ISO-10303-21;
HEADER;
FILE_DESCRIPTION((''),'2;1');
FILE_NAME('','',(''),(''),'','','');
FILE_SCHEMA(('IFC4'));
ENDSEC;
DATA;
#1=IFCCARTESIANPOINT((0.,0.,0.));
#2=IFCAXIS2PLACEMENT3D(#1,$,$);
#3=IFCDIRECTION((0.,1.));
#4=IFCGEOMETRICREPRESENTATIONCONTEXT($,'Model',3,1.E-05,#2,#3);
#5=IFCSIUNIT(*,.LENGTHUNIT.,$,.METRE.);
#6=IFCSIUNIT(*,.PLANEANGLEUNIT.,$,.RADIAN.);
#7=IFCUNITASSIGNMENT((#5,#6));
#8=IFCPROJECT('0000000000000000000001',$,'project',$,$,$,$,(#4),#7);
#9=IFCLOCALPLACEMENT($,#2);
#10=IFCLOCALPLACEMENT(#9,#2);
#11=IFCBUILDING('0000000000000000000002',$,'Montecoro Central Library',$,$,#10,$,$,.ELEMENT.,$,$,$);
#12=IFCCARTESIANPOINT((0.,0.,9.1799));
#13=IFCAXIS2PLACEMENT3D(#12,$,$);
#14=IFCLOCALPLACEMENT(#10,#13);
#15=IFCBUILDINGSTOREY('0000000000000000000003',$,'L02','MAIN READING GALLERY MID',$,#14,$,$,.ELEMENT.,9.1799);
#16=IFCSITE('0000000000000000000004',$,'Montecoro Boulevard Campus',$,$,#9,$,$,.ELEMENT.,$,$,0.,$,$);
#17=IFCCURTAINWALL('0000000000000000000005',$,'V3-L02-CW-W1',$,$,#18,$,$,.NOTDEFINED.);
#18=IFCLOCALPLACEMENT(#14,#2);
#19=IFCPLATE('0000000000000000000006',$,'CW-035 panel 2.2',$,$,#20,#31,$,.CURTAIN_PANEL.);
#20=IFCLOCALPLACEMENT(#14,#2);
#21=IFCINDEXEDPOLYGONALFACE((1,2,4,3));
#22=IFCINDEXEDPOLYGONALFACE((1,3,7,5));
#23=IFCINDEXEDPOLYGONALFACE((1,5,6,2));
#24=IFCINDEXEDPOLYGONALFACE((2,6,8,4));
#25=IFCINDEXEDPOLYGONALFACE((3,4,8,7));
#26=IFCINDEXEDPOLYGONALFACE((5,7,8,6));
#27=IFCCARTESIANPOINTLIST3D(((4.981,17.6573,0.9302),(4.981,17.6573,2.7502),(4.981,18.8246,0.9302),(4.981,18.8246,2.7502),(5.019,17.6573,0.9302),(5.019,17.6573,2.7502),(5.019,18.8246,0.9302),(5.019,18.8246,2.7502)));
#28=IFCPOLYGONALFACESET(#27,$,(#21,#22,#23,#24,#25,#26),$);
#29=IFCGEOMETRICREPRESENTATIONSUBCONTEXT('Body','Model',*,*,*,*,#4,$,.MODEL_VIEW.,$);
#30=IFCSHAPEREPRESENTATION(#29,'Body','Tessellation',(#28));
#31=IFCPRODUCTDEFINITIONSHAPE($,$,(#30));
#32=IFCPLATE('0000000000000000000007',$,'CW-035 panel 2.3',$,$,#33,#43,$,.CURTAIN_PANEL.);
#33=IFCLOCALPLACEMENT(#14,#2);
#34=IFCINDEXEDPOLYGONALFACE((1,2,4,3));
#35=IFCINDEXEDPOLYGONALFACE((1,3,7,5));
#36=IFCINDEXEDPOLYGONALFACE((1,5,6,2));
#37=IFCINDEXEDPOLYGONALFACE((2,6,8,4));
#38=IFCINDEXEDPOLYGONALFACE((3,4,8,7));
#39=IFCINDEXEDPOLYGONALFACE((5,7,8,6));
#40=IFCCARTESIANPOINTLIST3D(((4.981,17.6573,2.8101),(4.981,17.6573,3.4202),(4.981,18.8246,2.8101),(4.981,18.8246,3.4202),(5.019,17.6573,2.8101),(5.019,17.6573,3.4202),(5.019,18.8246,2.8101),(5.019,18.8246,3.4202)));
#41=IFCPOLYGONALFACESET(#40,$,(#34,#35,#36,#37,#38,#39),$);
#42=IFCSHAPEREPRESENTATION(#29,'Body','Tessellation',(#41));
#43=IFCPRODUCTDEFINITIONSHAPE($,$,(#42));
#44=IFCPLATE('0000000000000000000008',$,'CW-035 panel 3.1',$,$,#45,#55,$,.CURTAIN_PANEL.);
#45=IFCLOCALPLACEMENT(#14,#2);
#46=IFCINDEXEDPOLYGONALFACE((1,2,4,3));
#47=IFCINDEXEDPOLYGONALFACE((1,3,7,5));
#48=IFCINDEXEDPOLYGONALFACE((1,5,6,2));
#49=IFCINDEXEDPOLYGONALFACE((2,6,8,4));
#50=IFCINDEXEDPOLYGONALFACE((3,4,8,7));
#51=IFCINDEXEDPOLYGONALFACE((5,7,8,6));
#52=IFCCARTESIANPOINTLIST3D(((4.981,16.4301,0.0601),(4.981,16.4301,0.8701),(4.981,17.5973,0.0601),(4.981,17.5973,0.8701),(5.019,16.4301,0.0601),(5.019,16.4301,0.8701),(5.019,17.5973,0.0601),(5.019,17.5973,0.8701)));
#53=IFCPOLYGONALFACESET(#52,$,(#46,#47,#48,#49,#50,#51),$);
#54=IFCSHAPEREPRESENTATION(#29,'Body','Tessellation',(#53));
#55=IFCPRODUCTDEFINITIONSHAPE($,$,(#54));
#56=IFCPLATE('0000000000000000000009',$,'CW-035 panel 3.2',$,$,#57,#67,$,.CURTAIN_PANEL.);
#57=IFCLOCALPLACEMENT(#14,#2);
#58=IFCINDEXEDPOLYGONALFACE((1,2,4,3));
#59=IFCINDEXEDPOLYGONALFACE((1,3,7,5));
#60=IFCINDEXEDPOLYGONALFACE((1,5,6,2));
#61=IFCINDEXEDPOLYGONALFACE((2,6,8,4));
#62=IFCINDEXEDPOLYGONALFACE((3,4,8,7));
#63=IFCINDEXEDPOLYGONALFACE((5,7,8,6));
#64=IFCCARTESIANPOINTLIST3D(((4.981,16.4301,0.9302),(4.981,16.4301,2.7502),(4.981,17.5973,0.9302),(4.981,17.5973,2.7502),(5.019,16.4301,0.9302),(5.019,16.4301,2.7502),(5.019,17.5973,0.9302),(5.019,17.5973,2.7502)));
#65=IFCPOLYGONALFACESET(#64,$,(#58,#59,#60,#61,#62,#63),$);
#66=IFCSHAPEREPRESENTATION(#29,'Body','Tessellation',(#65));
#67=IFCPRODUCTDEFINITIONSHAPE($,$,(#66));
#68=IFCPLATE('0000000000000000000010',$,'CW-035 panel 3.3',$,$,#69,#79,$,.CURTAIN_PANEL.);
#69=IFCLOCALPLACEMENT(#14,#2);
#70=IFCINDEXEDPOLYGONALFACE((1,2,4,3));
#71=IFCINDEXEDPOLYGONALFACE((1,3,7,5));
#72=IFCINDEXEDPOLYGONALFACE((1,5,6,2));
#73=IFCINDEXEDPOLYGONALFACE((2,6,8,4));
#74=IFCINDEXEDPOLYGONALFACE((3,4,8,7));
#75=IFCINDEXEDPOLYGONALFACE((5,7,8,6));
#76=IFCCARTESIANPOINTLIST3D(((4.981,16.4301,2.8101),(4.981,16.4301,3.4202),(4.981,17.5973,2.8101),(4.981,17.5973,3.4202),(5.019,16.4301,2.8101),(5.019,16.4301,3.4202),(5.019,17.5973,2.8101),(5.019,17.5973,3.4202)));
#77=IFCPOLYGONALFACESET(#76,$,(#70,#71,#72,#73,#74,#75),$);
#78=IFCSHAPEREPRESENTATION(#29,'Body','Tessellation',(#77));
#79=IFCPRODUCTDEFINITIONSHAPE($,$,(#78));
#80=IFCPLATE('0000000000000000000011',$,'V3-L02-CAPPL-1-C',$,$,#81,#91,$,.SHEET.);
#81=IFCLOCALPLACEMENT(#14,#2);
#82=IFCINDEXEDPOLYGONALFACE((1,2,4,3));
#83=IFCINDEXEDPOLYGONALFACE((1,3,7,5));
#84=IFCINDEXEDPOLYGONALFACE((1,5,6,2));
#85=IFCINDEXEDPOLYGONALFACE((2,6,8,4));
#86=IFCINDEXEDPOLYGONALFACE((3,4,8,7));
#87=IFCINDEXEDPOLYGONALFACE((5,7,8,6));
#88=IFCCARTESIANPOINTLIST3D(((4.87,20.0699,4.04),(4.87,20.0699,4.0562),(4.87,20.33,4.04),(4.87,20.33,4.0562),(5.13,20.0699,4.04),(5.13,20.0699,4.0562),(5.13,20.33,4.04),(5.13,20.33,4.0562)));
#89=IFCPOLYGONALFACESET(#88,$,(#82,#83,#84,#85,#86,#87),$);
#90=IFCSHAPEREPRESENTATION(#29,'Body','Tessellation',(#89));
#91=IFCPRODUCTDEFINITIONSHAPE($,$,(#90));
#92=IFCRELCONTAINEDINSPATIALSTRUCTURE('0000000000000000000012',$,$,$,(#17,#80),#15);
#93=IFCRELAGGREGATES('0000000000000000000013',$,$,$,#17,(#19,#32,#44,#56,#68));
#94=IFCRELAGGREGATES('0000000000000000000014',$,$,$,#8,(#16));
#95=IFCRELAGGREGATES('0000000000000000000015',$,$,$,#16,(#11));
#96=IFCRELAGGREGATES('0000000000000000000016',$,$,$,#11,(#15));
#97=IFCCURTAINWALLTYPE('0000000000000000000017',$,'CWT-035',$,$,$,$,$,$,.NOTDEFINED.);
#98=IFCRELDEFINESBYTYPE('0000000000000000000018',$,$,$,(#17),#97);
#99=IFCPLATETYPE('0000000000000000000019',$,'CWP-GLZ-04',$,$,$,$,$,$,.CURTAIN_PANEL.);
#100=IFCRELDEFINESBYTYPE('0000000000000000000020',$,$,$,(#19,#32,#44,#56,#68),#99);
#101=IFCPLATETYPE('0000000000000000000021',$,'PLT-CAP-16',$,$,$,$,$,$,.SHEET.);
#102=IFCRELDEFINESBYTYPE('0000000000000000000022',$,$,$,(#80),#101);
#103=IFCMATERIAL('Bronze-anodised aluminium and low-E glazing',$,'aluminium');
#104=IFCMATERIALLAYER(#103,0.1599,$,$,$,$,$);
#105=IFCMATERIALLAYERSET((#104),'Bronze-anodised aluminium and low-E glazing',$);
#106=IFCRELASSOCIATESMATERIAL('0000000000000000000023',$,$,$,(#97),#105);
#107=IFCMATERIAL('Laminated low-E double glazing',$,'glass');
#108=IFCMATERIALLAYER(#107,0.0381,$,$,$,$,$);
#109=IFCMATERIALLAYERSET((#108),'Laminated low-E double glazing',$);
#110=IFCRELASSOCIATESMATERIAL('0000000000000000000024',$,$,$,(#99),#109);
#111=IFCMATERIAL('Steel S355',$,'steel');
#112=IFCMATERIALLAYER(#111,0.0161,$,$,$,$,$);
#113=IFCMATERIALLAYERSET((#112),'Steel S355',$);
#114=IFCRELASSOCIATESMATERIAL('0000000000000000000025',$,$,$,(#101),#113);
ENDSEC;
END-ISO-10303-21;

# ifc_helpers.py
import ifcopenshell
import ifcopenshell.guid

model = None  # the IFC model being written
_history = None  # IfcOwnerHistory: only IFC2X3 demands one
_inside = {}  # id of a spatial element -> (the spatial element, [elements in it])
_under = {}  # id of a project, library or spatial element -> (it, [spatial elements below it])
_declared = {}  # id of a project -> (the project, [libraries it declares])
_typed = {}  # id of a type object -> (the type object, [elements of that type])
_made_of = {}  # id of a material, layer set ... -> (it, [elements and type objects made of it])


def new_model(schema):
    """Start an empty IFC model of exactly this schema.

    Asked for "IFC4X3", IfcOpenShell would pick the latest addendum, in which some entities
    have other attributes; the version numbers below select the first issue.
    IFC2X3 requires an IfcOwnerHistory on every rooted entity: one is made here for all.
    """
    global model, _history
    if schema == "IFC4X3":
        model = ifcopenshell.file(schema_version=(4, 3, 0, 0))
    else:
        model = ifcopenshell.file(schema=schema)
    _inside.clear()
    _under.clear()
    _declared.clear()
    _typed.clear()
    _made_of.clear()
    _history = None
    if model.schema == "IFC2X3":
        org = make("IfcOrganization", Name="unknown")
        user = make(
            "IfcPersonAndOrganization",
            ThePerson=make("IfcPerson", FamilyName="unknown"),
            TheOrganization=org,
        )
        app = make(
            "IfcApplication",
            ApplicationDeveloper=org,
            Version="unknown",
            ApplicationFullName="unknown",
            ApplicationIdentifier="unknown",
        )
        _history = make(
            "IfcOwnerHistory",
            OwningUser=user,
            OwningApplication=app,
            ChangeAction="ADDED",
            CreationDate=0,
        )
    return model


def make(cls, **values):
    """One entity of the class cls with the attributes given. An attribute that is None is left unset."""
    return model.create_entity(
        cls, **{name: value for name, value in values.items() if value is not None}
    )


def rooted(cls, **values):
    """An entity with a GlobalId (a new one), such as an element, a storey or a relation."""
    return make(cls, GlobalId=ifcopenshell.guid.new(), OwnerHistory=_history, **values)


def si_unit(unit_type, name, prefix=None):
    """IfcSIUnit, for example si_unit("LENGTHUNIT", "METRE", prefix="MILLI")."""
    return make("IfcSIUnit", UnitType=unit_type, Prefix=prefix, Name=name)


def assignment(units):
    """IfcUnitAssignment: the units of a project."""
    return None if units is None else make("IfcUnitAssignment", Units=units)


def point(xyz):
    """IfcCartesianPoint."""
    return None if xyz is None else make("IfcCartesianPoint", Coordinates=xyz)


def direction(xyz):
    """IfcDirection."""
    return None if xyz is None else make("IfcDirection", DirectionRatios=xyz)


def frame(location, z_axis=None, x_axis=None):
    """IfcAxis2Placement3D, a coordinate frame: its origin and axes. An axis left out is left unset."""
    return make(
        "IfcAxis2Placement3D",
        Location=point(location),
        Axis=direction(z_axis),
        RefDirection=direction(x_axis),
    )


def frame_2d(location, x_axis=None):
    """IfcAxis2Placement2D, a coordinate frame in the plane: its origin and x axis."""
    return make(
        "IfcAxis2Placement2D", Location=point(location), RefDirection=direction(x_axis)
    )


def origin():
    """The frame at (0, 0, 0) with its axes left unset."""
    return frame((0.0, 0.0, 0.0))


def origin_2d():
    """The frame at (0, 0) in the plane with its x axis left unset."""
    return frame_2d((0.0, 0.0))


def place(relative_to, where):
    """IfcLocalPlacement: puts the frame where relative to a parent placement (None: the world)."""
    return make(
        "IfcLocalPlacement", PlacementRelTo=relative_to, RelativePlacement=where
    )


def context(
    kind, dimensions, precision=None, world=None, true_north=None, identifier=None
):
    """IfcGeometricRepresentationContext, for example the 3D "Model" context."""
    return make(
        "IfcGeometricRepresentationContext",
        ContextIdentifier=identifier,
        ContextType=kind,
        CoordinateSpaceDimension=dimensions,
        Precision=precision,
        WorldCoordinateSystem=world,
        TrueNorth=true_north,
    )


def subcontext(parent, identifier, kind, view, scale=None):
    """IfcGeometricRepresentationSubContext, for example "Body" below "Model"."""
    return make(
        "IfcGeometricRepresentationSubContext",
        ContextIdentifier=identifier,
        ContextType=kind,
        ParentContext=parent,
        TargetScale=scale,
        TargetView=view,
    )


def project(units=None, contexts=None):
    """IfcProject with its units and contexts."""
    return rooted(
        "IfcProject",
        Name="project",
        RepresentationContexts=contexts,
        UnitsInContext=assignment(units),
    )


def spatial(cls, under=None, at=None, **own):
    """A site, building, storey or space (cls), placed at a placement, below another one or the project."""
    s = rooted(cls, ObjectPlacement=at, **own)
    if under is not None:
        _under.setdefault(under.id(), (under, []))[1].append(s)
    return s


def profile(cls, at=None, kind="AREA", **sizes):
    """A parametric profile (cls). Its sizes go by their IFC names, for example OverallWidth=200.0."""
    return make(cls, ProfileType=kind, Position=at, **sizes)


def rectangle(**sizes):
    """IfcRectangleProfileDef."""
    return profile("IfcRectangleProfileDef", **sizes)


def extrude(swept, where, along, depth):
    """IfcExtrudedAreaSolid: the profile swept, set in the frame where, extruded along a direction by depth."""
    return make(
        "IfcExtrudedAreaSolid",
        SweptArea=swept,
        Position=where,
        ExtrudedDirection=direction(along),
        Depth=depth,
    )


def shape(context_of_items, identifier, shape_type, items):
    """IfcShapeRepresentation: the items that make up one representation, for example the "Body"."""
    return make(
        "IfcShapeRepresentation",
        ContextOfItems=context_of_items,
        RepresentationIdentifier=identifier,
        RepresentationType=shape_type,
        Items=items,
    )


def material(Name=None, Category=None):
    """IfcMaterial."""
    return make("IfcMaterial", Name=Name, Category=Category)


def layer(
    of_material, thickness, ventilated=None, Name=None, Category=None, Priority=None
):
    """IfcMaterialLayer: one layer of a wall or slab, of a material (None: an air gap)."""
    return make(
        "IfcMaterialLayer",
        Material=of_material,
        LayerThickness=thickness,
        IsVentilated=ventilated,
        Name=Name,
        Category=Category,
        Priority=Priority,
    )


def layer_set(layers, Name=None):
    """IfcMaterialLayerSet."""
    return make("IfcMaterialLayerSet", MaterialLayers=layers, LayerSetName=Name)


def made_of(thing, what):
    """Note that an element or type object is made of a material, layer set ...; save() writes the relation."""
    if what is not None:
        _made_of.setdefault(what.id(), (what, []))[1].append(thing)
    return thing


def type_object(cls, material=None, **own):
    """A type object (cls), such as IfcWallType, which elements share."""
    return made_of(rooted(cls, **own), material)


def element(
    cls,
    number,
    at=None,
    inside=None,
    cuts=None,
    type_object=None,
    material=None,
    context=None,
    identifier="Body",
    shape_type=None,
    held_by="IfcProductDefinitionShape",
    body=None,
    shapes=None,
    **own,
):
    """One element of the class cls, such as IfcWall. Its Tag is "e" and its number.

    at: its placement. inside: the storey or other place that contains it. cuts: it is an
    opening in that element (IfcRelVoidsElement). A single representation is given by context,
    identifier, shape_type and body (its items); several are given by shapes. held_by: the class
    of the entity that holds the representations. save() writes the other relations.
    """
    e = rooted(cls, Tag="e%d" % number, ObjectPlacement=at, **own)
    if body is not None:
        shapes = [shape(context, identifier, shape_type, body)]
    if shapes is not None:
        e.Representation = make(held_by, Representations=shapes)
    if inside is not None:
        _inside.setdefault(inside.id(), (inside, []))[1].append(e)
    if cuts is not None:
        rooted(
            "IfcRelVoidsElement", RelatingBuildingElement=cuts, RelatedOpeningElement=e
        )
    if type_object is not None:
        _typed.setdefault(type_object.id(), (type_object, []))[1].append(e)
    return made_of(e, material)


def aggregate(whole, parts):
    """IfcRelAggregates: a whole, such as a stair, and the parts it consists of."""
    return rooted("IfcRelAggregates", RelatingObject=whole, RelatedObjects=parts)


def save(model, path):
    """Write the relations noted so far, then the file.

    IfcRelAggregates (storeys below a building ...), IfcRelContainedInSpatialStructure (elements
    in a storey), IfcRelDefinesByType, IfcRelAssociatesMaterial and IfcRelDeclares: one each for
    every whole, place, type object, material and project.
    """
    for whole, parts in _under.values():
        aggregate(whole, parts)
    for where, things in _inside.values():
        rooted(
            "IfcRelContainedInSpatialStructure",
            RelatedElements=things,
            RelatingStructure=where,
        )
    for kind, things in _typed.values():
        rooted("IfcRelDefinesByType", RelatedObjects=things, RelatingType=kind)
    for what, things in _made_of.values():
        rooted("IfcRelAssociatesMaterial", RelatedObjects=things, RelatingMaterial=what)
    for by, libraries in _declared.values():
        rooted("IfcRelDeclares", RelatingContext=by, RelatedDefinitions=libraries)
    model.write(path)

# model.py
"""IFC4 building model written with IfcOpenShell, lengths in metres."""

from ifc_helpers import new_model, si_unit, direction, frame, origin, origin_2d, place, context, subcontext, project, spatial, rectangle, extrude, material, layer, layer_set, type_object, element, aggregate, save


model = new_model("IFC4")

# Units and contexts
model_context = context("Model", 3, precision=1e-05, world=origin(), true_north=direction((0.0, 1.0)))
body_context = subcontext(model_context, "Body", "Model", "MODEL_VIEW")
ifc_project = project(units=[si_unit("LENGTHUNIT", "METRE"), si_unit("PLANEANGLEUNIT", "RADIAN")], contexts=[model_context])

# Site, building, storey
site_placement = place(None, origin())
site = spatial("IfcSite", under=ifc_project, at=site_placement, Name="Montecoro Boulevard Campus", CompositionType="ELEMENT", RefElevation=0.0)
building_placement = place(site_placement, origin())
building = spatial("IfcBuilding", under=site, at=building_placement, Name="Montecoro Central Library", CompositionType="ELEMENT")
storey_placement = place(building_placement, frame((0.0, 0.0, 9.1799)))
storey = spatial("IfcBuildingStorey", under=building, at=storey_placement, Name="L02", Description="MAIN READING GALLERY MID", CompositionType="ELEMENT", Elevation=9.1799)

# Shared definitions
ifc_material_1 = material(Name="Steel S355", Category="steel")

# Curtain wall, plates
ifc_material_2 = material(Name="Bronze-anodised aluminium and low-E glazing", Category="aluminium")
ifc_layer_1 = layer(ifc_material_2, 0.1599)
ifc_layer_set_1 = layer_set([ifc_layer_1], Name="Bronze-anodised aluminium and low-E glazing")
curtain_wall_type = type_object("IfcCurtainWallType", Name="CWT-035", PredefinedType="NOTDEFINED", material=ifc_layer_set_1)
curtain_wall_placement = place(storey_placement, origin())
curtain_wall = element("IfcCurtainWall", 1, at=curtain_wall_placement, inside=storey, type_object=curtain_wall_type, Name="V3-L02-CW-W1", PredefinedType="NOTDEFINED")
ifc_material_3 = material(Name="Laminated low-E double glazing", Category="glass")
ifc_layer_2 = layer(ifc_material_3, 0.0381)
ifc_layer_set_2 = layer_set([ifc_layer_2], Name="Laminated low-E double glazing")
plate_type_1 = type_object("IfcPlateType", Name="CWP-GLZ-04", PredefinedType="CURTAIN_PANEL", material=ifc_layer_set_2)
plate_1_placement = place(storey_placement, frame((5.0, 18.241, 0.9302), z_axis=(0.0, 0.0, 1.0), x_axis=(0.0, -1.0, 0.0)))
plate_1 = element("IfcPlate", 2, at=plate_1_placement, type_object=plate_type_1, Name="CW-035 panel 2.2", PredefinedType="CURTAIN_PANEL", context=body_context, shape_type="SweptSolid", body=[
    extrude(rectangle(XDim=1.1672, YDim=0.0381, at=origin_2d()), origin(), (0.0, 0.0, 1.0), 1.8201),
])
plate_2_placement = place(storey_placement, frame((5.0, 18.241, 2.8101), z_axis=(0.0, 0.0, 1.0), x_axis=(0.0, -1.0, 0.0)))
plate_2 = element("IfcPlate", 3, at=plate_2_placement, type_object=plate_type_1, Name="CW-035 panel 2.3", PredefinedType="CURTAIN_PANEL", context=body_context, shape_type="SweptSolid", body=[
    extrude(rectangle(XDim=1.1672, YDim=0.0381, at=origin_2d()), origin(), (0.0, 0.0, 1.0), 0.6101),
])
plate_3_placement = place(storey_placement, frame((5.0, 17.0137, 0.0601), z_axis=(0.0, 0.0, 1.0), x_axis=(0.0, -1.0, 0.0)))
plate_3 = element("IfcPlate", 4, at=plate_3_placement, type_object=plate_type_1, Name="CW-035 panel 3.1", PredefinedType="CURTAIN_PANEL", context=body_context, shape_type="SweptSolid", body=[
    extrude(rectangle(XDim=1.1672, YDim=0.0381, at=origin_2d()), origin(), (0.0, 0.0, 1.0), 0.8101),
])
plate_4_placement = place(storey_placement, frame((5.0, 17.0137, 0.9302), z_axis=(0.0, 0.0, 1.0), x_axis=(0.0, -1.0, 0.0)))
plate_4 = element("IfcPlate", 5, at=plate_4_placement, type_object=plate_type_1, Name="CW-035 panel 3.2", PredefinedType="CURTAIN_PANEL", context=body_context, shape_type="SweptSolid", body=[
    extrude(rectangle(XDim=1.1672, YDim=0.0381, at=origin_2d()), origin(), (0.0, 0.0, 1.0), 1.8201),
])
plate_5_placement = place(storey_placement, frame((5.0, 17.0137, 2.8101), z_axis=(0.0, 0.0, 1.0), x_axis=(0.0, -1.0, 0.0)))
plate_5 = element("IfcPlate", 6, at=plate_5_placement, type_object=plate_type_1, Name="CW-035 panel 3.3", PredefinedType="CURTAIN_PANEL", context=body_context, shape_type="SweptSolid", body=[
    extrude(rectangle(XDim=1.1672, YDim=0.0381, at=origin_2d()), origin(), (0.0, 0.0, 1.0), 0.6101),
])
aggregate(curtain_wall, [plate_1, plate_2, plate_3, plate_4, plate_5])

# Plate
ifc_layer_3 = layer(ifc_material_1, 0.0161)
ifc_layer_set_3 = layer_set([ifc_layer_3], Name="Steel S355")
plate_type_2 = type_object("IfcPlateType", Name="PLT-CAP-16", PredefinedType="SHEET", material=ifc_layer_set_3)
plate_6_placement = place(storey_placement, frame((5.0, 20.2, 4.04), z_axis=(0.0, 0.0, 1.0), x_axis=(1.0, 0.0, 0.0)))
element("IfcPlate", 7, at=plate_6_placement, inside=storey, type_object=plate_type_2, Name="V3-L02-CAPPL-1-C", PredefinedType="SHEET", context=body_context, shape_type="SweptSolid", body=[
    extrude(rectangle(XDim=0.26, YDim=0.26, at=origin_2d()), origin(), (0.0, 0.0, 1.0), 0.0161),
])

save(model, "model.ifc")
